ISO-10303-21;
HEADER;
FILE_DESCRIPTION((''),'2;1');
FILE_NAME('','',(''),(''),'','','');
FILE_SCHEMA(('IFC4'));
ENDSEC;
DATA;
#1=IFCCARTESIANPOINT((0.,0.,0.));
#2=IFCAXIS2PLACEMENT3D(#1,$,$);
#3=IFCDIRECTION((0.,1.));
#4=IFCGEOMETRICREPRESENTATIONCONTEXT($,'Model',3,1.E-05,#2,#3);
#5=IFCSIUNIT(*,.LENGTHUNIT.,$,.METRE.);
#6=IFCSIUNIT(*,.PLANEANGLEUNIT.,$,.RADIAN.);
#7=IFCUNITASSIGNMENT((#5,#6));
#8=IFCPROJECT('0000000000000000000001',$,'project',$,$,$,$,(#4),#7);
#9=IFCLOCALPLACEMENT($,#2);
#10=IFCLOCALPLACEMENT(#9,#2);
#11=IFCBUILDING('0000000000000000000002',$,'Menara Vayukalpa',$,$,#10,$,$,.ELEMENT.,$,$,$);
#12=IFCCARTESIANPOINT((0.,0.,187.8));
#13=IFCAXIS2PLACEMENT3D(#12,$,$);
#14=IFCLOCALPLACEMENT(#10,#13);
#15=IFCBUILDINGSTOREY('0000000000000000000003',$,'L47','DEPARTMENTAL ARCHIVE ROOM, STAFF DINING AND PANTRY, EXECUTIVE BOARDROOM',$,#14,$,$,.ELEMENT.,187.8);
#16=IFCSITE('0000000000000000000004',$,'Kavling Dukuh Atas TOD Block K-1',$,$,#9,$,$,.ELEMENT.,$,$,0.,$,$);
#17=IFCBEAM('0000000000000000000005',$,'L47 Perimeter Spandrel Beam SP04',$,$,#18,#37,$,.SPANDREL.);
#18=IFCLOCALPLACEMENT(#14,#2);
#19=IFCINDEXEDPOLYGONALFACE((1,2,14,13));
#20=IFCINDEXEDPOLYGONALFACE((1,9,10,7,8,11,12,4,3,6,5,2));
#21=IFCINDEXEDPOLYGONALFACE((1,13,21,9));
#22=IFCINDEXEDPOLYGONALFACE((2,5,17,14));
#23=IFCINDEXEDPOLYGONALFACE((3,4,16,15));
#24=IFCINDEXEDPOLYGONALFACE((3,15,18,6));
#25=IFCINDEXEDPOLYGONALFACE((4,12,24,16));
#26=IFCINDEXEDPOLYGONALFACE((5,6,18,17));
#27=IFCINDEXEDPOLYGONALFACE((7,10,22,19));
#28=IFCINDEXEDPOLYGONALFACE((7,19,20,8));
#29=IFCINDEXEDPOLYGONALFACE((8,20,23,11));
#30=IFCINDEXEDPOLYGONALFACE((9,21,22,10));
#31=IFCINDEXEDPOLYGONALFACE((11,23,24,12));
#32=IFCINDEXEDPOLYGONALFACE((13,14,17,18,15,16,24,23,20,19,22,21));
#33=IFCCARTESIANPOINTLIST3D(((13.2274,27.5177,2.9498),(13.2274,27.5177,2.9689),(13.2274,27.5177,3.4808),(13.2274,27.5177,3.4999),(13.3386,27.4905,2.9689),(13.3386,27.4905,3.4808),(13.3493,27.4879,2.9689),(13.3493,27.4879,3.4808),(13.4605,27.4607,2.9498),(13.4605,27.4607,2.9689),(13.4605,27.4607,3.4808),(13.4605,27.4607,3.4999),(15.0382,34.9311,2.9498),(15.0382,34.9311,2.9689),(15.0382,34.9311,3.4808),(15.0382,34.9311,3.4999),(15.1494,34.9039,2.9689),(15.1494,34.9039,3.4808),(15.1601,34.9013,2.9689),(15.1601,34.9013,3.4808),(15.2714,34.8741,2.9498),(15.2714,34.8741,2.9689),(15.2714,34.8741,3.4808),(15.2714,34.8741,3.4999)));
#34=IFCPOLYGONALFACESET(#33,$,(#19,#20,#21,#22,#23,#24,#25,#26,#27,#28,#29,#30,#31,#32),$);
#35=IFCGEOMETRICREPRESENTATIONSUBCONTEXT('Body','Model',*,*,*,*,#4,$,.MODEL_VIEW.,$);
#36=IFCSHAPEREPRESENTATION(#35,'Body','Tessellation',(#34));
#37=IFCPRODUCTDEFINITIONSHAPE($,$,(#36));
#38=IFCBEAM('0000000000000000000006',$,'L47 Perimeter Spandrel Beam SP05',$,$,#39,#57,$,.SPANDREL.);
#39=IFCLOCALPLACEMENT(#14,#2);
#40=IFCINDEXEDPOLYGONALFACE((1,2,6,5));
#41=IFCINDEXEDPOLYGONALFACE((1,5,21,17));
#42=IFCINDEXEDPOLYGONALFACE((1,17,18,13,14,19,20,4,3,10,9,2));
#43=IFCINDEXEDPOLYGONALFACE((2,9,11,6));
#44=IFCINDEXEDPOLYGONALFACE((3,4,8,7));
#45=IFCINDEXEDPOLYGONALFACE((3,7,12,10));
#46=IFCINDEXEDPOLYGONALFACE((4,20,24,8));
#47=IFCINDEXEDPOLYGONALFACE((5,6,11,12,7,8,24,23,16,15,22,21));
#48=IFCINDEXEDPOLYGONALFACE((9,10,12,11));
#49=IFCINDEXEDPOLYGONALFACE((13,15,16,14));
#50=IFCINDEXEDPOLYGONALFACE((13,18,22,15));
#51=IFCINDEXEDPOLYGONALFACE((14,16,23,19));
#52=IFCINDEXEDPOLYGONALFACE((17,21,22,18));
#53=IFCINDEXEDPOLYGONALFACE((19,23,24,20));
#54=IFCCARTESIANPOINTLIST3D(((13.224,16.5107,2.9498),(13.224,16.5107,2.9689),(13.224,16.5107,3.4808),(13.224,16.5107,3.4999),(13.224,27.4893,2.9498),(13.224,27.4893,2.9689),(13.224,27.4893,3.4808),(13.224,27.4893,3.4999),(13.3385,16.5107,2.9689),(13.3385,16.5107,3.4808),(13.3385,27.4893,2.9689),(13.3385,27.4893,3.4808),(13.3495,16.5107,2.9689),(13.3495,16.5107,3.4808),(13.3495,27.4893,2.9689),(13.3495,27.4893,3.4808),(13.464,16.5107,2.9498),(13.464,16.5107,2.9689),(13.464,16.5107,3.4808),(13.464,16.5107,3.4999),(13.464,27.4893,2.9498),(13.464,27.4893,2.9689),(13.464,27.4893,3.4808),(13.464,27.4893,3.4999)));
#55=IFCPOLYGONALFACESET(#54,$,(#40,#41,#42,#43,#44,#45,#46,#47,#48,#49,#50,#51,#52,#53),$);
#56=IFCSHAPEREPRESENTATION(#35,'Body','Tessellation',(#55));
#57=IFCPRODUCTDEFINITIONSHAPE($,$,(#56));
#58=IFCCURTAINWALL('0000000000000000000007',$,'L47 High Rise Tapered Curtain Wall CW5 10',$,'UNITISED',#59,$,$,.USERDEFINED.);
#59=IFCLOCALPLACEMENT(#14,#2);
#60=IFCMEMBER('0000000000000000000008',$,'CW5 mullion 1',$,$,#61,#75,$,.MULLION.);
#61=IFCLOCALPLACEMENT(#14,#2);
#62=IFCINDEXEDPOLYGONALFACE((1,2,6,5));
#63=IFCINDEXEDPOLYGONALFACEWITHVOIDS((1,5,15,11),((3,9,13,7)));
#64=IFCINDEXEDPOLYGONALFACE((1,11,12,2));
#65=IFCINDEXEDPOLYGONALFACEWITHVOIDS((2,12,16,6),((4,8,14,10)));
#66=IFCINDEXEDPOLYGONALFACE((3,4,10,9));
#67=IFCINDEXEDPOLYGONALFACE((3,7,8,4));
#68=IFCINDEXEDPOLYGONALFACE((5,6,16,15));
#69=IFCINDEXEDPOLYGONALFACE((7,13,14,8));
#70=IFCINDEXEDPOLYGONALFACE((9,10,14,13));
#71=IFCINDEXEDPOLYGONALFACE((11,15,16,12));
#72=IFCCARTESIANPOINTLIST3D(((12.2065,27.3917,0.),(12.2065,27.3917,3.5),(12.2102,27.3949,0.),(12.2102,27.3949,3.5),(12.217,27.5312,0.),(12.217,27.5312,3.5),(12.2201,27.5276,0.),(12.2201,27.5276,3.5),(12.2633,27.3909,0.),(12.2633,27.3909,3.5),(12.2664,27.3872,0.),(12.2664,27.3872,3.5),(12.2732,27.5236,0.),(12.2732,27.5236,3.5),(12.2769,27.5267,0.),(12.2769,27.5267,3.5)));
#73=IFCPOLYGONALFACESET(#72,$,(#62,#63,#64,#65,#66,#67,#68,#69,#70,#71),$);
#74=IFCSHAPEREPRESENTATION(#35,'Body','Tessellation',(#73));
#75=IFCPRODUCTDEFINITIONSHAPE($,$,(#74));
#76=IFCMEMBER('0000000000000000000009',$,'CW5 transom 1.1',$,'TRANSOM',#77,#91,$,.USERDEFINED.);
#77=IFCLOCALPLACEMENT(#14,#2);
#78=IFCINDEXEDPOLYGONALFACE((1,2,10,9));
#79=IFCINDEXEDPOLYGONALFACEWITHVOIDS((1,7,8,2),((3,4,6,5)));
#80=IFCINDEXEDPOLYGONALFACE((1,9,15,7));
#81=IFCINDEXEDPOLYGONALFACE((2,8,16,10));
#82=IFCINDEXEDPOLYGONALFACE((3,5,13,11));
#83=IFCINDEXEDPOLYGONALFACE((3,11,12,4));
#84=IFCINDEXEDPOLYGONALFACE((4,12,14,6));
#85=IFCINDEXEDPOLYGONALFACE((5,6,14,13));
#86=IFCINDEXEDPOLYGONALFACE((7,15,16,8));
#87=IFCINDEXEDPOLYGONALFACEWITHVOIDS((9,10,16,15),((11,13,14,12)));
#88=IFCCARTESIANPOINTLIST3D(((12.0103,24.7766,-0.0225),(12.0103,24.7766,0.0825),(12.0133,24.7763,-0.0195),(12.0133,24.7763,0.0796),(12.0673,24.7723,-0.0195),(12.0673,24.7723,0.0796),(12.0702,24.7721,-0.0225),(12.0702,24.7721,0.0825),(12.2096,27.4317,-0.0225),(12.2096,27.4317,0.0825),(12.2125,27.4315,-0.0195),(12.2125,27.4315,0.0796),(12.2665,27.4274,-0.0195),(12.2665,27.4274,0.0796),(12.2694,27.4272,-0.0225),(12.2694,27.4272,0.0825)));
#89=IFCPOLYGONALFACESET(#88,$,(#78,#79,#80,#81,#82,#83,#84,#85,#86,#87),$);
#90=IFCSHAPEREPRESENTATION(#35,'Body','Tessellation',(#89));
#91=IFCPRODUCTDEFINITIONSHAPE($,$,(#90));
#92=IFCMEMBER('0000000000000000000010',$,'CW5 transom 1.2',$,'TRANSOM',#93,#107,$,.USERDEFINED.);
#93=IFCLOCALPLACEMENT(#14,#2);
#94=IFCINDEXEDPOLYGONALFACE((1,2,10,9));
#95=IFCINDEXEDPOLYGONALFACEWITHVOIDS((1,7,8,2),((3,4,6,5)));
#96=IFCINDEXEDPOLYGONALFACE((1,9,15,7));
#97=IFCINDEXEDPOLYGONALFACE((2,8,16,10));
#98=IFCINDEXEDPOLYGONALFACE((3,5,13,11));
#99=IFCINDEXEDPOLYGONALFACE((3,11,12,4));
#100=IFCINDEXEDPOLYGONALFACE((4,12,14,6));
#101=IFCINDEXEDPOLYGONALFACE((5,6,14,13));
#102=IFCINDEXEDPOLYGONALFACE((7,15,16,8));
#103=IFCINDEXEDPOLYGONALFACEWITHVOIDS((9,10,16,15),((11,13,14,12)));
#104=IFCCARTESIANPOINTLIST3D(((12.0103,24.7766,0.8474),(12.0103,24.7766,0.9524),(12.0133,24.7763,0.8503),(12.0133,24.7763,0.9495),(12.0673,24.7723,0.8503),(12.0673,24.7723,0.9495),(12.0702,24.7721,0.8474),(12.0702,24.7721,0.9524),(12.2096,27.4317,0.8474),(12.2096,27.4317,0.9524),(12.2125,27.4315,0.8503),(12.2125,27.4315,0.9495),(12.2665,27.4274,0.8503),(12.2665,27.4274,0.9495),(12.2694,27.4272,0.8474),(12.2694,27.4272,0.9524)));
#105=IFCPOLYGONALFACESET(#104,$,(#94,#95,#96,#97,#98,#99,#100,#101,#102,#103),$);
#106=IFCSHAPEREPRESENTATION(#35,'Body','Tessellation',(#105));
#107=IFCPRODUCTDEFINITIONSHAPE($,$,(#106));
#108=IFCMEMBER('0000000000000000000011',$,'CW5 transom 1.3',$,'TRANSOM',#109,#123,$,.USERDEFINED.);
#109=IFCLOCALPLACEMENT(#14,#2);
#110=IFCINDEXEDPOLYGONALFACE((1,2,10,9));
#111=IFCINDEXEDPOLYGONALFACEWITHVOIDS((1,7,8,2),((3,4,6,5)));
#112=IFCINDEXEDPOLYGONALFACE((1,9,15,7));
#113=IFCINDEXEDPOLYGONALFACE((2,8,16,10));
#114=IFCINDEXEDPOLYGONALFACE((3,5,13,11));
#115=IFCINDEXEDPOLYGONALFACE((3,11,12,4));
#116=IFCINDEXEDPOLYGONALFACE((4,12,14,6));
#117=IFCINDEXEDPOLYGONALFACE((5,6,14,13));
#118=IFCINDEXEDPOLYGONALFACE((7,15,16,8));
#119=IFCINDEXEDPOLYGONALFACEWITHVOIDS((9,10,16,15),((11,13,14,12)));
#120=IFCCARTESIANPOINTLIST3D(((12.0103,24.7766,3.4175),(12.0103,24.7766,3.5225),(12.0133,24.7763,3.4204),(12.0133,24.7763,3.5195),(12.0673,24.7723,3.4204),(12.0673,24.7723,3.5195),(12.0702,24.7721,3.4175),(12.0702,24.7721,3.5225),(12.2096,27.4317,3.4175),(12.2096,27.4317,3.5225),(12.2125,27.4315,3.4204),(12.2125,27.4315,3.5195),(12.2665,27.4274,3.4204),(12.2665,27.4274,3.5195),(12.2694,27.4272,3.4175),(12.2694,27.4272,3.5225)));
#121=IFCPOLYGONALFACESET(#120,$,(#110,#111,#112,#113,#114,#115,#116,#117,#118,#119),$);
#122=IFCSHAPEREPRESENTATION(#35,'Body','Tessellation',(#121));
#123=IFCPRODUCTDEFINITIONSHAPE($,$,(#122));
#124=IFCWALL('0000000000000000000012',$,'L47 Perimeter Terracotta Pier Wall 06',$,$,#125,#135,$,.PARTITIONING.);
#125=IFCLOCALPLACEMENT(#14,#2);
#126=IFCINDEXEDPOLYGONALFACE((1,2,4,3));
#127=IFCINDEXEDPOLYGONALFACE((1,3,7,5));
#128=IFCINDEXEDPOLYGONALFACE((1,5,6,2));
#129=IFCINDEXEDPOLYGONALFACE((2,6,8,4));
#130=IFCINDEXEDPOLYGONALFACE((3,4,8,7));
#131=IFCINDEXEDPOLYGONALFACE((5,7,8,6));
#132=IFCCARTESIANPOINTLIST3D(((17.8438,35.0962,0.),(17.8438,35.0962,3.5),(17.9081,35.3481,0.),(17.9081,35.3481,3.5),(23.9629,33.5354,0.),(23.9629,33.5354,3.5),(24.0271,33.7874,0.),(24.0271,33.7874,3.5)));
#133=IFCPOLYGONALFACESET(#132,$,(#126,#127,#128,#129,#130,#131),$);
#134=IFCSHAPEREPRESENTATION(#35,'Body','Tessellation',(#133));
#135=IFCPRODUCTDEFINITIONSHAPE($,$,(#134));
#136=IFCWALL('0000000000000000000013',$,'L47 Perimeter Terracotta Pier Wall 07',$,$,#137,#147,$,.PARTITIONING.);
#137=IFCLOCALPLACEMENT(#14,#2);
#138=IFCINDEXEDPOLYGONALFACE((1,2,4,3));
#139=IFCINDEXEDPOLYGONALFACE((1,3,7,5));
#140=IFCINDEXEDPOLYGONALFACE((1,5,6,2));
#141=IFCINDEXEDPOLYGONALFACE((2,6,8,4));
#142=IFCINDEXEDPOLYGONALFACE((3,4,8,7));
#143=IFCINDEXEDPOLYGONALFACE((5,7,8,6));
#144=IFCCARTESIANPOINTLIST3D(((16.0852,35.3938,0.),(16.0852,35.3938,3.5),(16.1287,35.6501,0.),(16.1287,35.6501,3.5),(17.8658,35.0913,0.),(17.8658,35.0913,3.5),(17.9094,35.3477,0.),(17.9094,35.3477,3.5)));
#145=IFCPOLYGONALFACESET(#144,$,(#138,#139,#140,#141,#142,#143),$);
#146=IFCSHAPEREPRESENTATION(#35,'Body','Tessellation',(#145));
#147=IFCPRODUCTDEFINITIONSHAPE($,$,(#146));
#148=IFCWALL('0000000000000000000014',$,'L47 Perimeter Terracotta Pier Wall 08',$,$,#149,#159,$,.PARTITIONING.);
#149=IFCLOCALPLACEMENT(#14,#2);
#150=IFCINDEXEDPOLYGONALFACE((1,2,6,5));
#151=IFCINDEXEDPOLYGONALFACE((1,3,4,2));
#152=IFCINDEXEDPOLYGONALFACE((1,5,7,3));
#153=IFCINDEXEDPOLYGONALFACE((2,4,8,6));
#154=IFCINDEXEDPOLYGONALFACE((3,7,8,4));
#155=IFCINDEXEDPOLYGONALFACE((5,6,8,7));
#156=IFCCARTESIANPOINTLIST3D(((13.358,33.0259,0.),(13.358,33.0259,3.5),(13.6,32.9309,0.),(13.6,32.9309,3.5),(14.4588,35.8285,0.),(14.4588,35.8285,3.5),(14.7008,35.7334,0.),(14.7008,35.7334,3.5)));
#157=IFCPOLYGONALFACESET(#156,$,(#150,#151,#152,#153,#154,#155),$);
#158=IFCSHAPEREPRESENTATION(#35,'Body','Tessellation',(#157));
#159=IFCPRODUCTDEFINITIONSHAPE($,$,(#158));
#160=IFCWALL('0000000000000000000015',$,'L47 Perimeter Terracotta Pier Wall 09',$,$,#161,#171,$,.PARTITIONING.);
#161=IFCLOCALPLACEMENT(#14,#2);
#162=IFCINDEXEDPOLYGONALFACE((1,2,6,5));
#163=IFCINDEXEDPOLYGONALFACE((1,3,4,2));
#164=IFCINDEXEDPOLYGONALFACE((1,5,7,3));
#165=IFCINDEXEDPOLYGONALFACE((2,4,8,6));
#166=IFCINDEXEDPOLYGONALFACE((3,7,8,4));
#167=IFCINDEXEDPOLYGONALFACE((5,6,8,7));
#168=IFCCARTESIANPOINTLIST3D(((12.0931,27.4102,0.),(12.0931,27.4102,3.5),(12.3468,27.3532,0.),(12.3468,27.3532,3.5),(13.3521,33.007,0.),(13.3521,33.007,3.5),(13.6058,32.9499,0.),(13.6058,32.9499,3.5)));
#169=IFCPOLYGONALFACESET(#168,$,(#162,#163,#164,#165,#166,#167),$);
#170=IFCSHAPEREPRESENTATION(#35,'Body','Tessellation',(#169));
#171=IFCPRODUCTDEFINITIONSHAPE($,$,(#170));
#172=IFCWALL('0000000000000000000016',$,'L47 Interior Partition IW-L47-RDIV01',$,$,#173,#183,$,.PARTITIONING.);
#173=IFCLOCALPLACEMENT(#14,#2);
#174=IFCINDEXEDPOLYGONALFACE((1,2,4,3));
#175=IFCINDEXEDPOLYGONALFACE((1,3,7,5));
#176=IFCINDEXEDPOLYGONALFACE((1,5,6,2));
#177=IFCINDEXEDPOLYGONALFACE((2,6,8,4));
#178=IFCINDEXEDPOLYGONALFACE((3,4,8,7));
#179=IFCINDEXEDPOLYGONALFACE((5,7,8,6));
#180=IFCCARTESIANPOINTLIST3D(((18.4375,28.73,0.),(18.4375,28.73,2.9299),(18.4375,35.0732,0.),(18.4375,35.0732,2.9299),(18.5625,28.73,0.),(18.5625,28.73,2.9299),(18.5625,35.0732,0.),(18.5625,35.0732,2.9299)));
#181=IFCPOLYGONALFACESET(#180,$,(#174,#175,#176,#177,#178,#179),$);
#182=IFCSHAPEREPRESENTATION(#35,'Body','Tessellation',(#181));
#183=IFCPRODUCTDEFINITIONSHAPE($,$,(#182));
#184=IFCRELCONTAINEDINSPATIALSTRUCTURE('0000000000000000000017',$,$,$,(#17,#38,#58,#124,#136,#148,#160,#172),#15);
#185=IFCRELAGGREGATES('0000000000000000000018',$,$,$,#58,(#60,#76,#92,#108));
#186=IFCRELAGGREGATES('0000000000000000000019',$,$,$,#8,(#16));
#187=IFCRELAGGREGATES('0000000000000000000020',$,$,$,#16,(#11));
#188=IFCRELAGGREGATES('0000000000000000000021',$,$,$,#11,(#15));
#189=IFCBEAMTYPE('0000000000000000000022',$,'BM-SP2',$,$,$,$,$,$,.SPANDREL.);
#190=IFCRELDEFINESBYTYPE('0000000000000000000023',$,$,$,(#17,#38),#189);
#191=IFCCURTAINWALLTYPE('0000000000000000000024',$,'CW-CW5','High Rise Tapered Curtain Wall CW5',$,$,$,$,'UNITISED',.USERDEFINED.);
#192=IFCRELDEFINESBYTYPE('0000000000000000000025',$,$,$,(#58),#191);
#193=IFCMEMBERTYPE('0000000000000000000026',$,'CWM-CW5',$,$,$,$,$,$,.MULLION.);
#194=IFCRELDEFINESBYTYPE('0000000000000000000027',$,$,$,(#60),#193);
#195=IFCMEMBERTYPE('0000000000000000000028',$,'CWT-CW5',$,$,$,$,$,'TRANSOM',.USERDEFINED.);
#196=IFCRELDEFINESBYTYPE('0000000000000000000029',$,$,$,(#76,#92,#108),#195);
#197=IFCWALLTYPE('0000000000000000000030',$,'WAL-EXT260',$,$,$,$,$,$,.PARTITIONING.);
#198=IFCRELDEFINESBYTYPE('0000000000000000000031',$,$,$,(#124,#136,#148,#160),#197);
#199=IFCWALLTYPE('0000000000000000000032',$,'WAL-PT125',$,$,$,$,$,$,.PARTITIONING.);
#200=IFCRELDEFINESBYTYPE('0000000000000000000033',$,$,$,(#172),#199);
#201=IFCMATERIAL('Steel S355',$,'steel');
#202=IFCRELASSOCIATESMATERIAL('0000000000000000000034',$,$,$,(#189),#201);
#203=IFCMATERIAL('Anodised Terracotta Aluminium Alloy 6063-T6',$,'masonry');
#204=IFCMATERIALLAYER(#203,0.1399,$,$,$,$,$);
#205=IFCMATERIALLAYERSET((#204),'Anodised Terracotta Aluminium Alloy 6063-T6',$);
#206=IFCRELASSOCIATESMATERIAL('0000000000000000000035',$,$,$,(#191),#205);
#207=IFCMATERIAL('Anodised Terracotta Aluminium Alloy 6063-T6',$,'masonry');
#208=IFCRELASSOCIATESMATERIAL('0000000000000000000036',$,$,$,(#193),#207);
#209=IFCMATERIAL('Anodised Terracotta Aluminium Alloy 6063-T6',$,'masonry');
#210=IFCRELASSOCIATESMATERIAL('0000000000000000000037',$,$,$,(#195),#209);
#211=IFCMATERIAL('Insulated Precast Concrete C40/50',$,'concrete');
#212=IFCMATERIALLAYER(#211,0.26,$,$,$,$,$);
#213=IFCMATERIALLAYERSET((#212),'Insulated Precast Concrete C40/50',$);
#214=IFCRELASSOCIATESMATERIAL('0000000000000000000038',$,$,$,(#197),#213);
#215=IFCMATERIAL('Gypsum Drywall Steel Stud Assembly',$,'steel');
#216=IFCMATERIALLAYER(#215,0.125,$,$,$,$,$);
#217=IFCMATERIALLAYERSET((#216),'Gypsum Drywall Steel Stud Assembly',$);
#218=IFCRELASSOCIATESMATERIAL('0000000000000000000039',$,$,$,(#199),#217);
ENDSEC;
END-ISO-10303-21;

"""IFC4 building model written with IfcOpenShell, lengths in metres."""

from ifc_helpers import new_model, si_unit, direction, frame, frame_2d, origin, origin_2d, place, context, subcontext, project, spatial, rectangle, hollow_rectangle, i_section, extrude, material, layer, layer_set, material_profile, profile_set, type_object, element, aggregate, save


model = new_model("IFC4")

# Units and contexts
model_context = context("Model", 3, precision=1e-05, world=origin(), true_north=direction((0.0, 1.0)))
body_context = subcontext(model_context, "Body", "Model", "MODEL_VIEW")
ifc_project = project(units=[si_unit("LENGTHUNIT", "METRE"), si_unit("PLANEANGLEUNIT", "RADIAN")], contexts=[model_context])

# Site, building, storey
site_placement = place(None, origin())
site = spatial("IfcSite", under=ifc_project, at=site_placement, Name="Kavling Dukuh Atas TOD Block K-1", CompositionType="ELEMENT", RefElevation=0.0)
building_placement = place(site_placement, origin())
building = spatial("IfcBuilding", under=site, at=building_placement, Name="Menara Vayukalpa", CompositionType="ELEMENT")
storey_placement = place(building_placement, frame((0.0, 0.0, 187.8)))
storey = spatial("IfcBuildingStorey", under=building, at=storey_placement, Name="L47", Description="DEPARTMENTAL ARCHIVE ROOM, STAFF DINING AND PANTRY, EXECUTIVE BOARDROOM", CompositionType="ELEMENT", Elevation=187.8)

# Beams
ifc_material_1 = material(Name="Steel S355", Category="steel")
ifc_material_profile_1 = material_profile(ifc_material_1, i_section(OverallWidth=0.24, OverallDepth=0.55, WebThickness=0.011, FlangeThickness=0.019, at=origin_2d()), Name="WF 550x240x11x19")
ifc_profile_set_1 = profile_set([ifc_material_profile_1], Name="Steel S355")
beam_type_1 = type_object("IfcBeamType", Name="BM-SP2", PredefinedType="SPANDREL", material=ifc_profile_set_1)
beam_1_placement = place(storey_placement, frame((15.1548, 34.9026, 3.2249), z_axis=(-0.237285, -0.97144, 0.0), x_axis=(0.97144, -0.237285, 0.0)))
element("IfcBeam", 1, at=beam_1_placement, inside=storey, type_object=beam_type_1, Name="L47 Perimeter Spandrel Beam SP04", PredefinedType="SPANDREL", context=body_context, shape_type="SweptSolid", body=[
    extrude(i_section(OverallWidth=0.24, OverallDepth=0.55, WebThickness=0.011, FlangeThickness=0.019, at=origin_2d()), origin(), (0.0, 0.0, 1.0), 7.6313),
])
beam_2_placement = place(storey_placement, frame((13.344, 27.4893, 3.2249), z_axis=(0.0, -1.0, 0.0), x_axis=(1.0, 0.0, 0.0)))
element("IfcBeam", 2, at=beam_2_placement, inside=storey, type_object=beam_type_1, Name="L47 Perimeter Spandrel Beam SP05", PredefinedType="SPANDREL", context=body_context, shape_type="SweptSolid", body=[
    extrude(i_section(OverallWidth=0.24, OverallDepth=0.55, WebThickness=0.011, FlangeThickness=0.019, at=origin_2d()), origin(), (0.0, 0.0, 1.0), 10.9785),
])

# Curtain wall, members
ifc_material_2 = material(Name="Anodised Terracotta Aluminium Alloy 6063-T6", Category="masonry")
ifc_layer_1 = layer(ifc_material_2, 0.1399)
ifc_layer_set_1 = layer_set([ifc_layer_1], Name="Anodised Terracotta Aluminium Alloy 6063-T6")
curtain_wall_type = type_object("IfcCurtainWallType", Name="CW-CW5", Description="High Rise Tapered Curtain Wall CW5", ElementType="UNITISED", PredefinedType="USERDEFINED", material=ifc_layer_set_1)
curtain_wall_placement = place(storey_placement, origin())
curtain_wall = element("IfcCurtainWall", 3, at=curtain_wall_placement, inside=storey, type_object=curtain_wall_type, Name="L47 High Rise Tapered Curtain Wall CW5 10", ObjectType="UNITISED", PredefinedType="USERDEFINED")
ifc_material_3 = material(Name="Anodised Terracotta Aluminium Alloy 6063-T6", Category="masonry")
ifc_material_profile_2 = material_profile(ifc_material_3, hollow_rectangle(XDim=0.0601, YDim=0.1399, WallThickness=0.0034, at=origin_2d()), Name="ALU 60x140x3.5")
ifc_profile_set_2 = profile_set([ifc_material_profile_2], Name="Anodised Terracotta Aluminium Alloy 6063-T6")
member_type_1 = type_object("IfcMemberType", Name="CWM-CW5", PredefinedType="MULLION", material=ifc_profile_set_2)
member_1_placement = place(storey_placement, frame((12.2417, 27.4592, 0.0), z_axis=(0.0, 0.0, 1.0), x_axis=(0.997199, -0.074792, 0.0)))
member_1 = element("IfcMember", 4, at=member_1_placement, type_object=member_type_1, Name="CW5 mullion 1", PredefinedType="MULLION", context=body_context, shape_type="SweptSolid", body=[
    extrude(hollow_rectangle(XDim=0.0601, YDim=0.1399, WallThickness=0.0034, at=origin_2d()), origin(), (0.0, 0.0, 1.0), 3.5),
])
ifc_material_4 = material(Name="Anodised Terracotta Aluminium Alloy 6063-T6", Category="masonry")
ifc_material_profile_3 = material_profile(ifc_material_4, hollow_rectangle(XDim=0.0601, YDim=0.105, WallThickness=0.0029, at=origin_2d()), Name="ALU 60x105x3")
ifc_profile_set_3 = profile_set([ifc_material_profile_3], Name="Anodised Terracotta Aluminium Alloy 6063-T6")
member_type_2 = type_object("IfcMemberType", Name="CWT-CW5", ElementType="TRANSOM", PredefinedType="USERDEFINED", material=ifc_profile_set_3)
member_2_placement = place(storey_placement, frame((12.2395, 27.4294, 0.03), z_axis=(-0.074824, -0.997197, 0.0), x_axis=(0.997197, -0.074824, 0.0)))
member_2 = element("IfcMember", 5, at=member_2_placement, type_object=member_type_2, Name="CW5 transom 1.1", ObjectType="TRANSOM", PredefinedType="USERDEFINED", context=body_context, shape_type="SweptSolid", body=[
    extrude(hollow_rectangle(XDim=0.0601, YDim=0.105, WallThickness=0.0029, at=origin_2d()), origin(), (0.0, 0.0, 1.0), 2.6626),
])
member_3_placement = place(storey_placement, frame((12.2395, 27.4294, 0.8999), z_axis=(-0.074824, -0.997197, 0.0), x_axis=(0.997197, -0.074824, 0.0)))
member_3 = element("IfcMember", 6, at=member_3_placement, type_object=member_type_2, Name="CW5 transom 1.2", ObjectType="TRANSOM", PredefinedType="USERDEFINED", context=body_context, shape_type="SweptSolid", body=[
    extrude(hollow_rectangle(XDim=0.0601, YDim=0.105, WallThickness=0.0029, at=origin_2d()), origin(), (0.0, 0.0, 1.0), 2.6626),
])
member_4_placement = place(storey_placement, frame((12.2395, 27.4294, 3.47), z_axis=(-0.074824, -0.997197, 0.0), x_axis=(0.997197, -0.074824, 0.0)))
member_4 = element("IfcMember", 7, at=member_4_placement, type_object=member_type_2, Name="CW5 transom 1.3", ObjectType="TRANSOM", PredefinedType="USERDEFINED", context=body_context, shape_type="SweptSolid", body=[
    extrude(hollow_rectangle(XDim=0.0601, YDim=0.105, WallThickness=0.0029, at=origin_2d()), origin(), (0.0, 0.0, 1.0), 2.6626),
])
aggregate(curtain_wall, [member_1, member_2, member_3, member_4])

# Walls
ifc_material_5 = material(Name="Insulated Precast Concrete C40/50", Category="concrete")
ifc_layer_2 = layer(ifc_material_5, 0.26)
ifc_layer_set_2 = layer_set([ifc_layer_2], Name="Insulated Precast Concrete C40/50")
wall_type_1 = type_object("IfcWallType", Name="WAL-EXT260", PredefinedType="PARTITIONING", material=ifc_layer_set_2)
wall_1_placement = place(storey_placement, frame((17.876, 35.2222, 0.0), z_axis=(0.0, 0.0, 1.0), x_axis=(0.968976, -0.247154, 0.0)))
element("IfcWall", 8, at=wall_1_placement, inside=storey, type_object=wall_type_1, Name="L47 Perimeter Terracotta Pier Wall 06", PredefinedType="PARTITIONING", context=body_context, shape_type="SweptSolid", body=[
    extrude(rectangle(XDim=6.3149, YDim=0.26, at=frame_2d((3.1575, 0.0))), origin(), (0.0, 0.0, 1.0), 3.5),
])
wall_2_placement = place(storey_placement, frame((16.1069, 35.522, 0.0), z_axis=(0.0, 0.0, 1.0), x_axis=(0.985878, -0.167467, 0.0)))
element("IfcWall", 9, at=wall_2_placement, inside=storey, type_object=wall_type_1, Name="L47 Perimeter Terracotta Pier Wall 07", PredefinedType="PARTITIONING", context=body_context, shape_type="SweptSolid", body=[
    extrude(rectangle(XDim=1.8062, YDim=0.26, at=frame_2d((0.9031, 0.0))), origin(), (0.0, 0.0, 1.0), 3.5),
])
wall_3_placement = place(storey_placement, frame((13.479, 32.9785, 0.0), z_axis=(0.0, 0.0, 1.0), x_axis=(0.36561, 0.930768, 0.0)))
element("IfcWall", 10, at=wall_3_placement, inside=storey, type_object=wall_type_1, Name="L47 Perimeter Terracotta Pier Wall 08", PredefinedType="PARTITIONING", context=body_context, shape_type="SweptSolid", body=[
    extrude(rectangle(XDim=3.011, YDim=0.26, at=frame_2d((1.5054, 0.0))), origin(), (0.0, 0.0, 1.0), 3.5),
])
wall_4_placement = place(storey_placement, frame((12.22, 27.3818, 0.0), z_axis=(0.0, 0.0, 1.0), x_axis=(0.219476, 0.975618, 0.0)))
element("IfcWall", 11, at=wall_4_placement, inside=storey, type_object=wall_type_1, Name="L47 Perimeter Terracotta Pier Wall 09", PredefinedType="PARTITIONING", context=body_context, shape_type="SweptSolid", body=[
    extrude(rectangle(XDim=5.7366, YDim=0.26, at=frame_2d((2.8682, 0.0))), origin(), (0.0, 0.0, 1.0), 3.5),
])
ifc_material_6 = material(Name="Gypsum Drywall Steel Stud Assembly", Category="steel")
ifc_layer_3 = layer(ifc_material_6, 0.125)
ifc_layer_set_3 = layer_set([ifc_layer_3], Name="Gypsum Drywall Steel Stud Assembly")
wall_type_2 = type_object("IfcWallType", Name="WAL-PT125", PredefinedType="PARTITIONING", material=ifc_layer_set_3)
wall_5_placement = place(storey_placement, frame((18.5, 28.73, 0.0), z_axis=(0.0, 0.0, 1.0), x_axis=(0.0, 1.0, 0.0)))
element("IfcWall", 12, at=wall_5_placement, inside=storey, type_object=wall_type_2, Name="L47 Interior Partition IW-L47-RDIV01", PredefinedType="PARTITIONING", context=body_context, shape_type="SweptSolid", body=[
    extrude(rectangle(XDim=6.3433, YDim=0.125, at=frame_2d((3.1716, 0.0))), origin(), (0.0, 0.0, 1.0), 2.9299),
])

save(model, "model.ifc")
